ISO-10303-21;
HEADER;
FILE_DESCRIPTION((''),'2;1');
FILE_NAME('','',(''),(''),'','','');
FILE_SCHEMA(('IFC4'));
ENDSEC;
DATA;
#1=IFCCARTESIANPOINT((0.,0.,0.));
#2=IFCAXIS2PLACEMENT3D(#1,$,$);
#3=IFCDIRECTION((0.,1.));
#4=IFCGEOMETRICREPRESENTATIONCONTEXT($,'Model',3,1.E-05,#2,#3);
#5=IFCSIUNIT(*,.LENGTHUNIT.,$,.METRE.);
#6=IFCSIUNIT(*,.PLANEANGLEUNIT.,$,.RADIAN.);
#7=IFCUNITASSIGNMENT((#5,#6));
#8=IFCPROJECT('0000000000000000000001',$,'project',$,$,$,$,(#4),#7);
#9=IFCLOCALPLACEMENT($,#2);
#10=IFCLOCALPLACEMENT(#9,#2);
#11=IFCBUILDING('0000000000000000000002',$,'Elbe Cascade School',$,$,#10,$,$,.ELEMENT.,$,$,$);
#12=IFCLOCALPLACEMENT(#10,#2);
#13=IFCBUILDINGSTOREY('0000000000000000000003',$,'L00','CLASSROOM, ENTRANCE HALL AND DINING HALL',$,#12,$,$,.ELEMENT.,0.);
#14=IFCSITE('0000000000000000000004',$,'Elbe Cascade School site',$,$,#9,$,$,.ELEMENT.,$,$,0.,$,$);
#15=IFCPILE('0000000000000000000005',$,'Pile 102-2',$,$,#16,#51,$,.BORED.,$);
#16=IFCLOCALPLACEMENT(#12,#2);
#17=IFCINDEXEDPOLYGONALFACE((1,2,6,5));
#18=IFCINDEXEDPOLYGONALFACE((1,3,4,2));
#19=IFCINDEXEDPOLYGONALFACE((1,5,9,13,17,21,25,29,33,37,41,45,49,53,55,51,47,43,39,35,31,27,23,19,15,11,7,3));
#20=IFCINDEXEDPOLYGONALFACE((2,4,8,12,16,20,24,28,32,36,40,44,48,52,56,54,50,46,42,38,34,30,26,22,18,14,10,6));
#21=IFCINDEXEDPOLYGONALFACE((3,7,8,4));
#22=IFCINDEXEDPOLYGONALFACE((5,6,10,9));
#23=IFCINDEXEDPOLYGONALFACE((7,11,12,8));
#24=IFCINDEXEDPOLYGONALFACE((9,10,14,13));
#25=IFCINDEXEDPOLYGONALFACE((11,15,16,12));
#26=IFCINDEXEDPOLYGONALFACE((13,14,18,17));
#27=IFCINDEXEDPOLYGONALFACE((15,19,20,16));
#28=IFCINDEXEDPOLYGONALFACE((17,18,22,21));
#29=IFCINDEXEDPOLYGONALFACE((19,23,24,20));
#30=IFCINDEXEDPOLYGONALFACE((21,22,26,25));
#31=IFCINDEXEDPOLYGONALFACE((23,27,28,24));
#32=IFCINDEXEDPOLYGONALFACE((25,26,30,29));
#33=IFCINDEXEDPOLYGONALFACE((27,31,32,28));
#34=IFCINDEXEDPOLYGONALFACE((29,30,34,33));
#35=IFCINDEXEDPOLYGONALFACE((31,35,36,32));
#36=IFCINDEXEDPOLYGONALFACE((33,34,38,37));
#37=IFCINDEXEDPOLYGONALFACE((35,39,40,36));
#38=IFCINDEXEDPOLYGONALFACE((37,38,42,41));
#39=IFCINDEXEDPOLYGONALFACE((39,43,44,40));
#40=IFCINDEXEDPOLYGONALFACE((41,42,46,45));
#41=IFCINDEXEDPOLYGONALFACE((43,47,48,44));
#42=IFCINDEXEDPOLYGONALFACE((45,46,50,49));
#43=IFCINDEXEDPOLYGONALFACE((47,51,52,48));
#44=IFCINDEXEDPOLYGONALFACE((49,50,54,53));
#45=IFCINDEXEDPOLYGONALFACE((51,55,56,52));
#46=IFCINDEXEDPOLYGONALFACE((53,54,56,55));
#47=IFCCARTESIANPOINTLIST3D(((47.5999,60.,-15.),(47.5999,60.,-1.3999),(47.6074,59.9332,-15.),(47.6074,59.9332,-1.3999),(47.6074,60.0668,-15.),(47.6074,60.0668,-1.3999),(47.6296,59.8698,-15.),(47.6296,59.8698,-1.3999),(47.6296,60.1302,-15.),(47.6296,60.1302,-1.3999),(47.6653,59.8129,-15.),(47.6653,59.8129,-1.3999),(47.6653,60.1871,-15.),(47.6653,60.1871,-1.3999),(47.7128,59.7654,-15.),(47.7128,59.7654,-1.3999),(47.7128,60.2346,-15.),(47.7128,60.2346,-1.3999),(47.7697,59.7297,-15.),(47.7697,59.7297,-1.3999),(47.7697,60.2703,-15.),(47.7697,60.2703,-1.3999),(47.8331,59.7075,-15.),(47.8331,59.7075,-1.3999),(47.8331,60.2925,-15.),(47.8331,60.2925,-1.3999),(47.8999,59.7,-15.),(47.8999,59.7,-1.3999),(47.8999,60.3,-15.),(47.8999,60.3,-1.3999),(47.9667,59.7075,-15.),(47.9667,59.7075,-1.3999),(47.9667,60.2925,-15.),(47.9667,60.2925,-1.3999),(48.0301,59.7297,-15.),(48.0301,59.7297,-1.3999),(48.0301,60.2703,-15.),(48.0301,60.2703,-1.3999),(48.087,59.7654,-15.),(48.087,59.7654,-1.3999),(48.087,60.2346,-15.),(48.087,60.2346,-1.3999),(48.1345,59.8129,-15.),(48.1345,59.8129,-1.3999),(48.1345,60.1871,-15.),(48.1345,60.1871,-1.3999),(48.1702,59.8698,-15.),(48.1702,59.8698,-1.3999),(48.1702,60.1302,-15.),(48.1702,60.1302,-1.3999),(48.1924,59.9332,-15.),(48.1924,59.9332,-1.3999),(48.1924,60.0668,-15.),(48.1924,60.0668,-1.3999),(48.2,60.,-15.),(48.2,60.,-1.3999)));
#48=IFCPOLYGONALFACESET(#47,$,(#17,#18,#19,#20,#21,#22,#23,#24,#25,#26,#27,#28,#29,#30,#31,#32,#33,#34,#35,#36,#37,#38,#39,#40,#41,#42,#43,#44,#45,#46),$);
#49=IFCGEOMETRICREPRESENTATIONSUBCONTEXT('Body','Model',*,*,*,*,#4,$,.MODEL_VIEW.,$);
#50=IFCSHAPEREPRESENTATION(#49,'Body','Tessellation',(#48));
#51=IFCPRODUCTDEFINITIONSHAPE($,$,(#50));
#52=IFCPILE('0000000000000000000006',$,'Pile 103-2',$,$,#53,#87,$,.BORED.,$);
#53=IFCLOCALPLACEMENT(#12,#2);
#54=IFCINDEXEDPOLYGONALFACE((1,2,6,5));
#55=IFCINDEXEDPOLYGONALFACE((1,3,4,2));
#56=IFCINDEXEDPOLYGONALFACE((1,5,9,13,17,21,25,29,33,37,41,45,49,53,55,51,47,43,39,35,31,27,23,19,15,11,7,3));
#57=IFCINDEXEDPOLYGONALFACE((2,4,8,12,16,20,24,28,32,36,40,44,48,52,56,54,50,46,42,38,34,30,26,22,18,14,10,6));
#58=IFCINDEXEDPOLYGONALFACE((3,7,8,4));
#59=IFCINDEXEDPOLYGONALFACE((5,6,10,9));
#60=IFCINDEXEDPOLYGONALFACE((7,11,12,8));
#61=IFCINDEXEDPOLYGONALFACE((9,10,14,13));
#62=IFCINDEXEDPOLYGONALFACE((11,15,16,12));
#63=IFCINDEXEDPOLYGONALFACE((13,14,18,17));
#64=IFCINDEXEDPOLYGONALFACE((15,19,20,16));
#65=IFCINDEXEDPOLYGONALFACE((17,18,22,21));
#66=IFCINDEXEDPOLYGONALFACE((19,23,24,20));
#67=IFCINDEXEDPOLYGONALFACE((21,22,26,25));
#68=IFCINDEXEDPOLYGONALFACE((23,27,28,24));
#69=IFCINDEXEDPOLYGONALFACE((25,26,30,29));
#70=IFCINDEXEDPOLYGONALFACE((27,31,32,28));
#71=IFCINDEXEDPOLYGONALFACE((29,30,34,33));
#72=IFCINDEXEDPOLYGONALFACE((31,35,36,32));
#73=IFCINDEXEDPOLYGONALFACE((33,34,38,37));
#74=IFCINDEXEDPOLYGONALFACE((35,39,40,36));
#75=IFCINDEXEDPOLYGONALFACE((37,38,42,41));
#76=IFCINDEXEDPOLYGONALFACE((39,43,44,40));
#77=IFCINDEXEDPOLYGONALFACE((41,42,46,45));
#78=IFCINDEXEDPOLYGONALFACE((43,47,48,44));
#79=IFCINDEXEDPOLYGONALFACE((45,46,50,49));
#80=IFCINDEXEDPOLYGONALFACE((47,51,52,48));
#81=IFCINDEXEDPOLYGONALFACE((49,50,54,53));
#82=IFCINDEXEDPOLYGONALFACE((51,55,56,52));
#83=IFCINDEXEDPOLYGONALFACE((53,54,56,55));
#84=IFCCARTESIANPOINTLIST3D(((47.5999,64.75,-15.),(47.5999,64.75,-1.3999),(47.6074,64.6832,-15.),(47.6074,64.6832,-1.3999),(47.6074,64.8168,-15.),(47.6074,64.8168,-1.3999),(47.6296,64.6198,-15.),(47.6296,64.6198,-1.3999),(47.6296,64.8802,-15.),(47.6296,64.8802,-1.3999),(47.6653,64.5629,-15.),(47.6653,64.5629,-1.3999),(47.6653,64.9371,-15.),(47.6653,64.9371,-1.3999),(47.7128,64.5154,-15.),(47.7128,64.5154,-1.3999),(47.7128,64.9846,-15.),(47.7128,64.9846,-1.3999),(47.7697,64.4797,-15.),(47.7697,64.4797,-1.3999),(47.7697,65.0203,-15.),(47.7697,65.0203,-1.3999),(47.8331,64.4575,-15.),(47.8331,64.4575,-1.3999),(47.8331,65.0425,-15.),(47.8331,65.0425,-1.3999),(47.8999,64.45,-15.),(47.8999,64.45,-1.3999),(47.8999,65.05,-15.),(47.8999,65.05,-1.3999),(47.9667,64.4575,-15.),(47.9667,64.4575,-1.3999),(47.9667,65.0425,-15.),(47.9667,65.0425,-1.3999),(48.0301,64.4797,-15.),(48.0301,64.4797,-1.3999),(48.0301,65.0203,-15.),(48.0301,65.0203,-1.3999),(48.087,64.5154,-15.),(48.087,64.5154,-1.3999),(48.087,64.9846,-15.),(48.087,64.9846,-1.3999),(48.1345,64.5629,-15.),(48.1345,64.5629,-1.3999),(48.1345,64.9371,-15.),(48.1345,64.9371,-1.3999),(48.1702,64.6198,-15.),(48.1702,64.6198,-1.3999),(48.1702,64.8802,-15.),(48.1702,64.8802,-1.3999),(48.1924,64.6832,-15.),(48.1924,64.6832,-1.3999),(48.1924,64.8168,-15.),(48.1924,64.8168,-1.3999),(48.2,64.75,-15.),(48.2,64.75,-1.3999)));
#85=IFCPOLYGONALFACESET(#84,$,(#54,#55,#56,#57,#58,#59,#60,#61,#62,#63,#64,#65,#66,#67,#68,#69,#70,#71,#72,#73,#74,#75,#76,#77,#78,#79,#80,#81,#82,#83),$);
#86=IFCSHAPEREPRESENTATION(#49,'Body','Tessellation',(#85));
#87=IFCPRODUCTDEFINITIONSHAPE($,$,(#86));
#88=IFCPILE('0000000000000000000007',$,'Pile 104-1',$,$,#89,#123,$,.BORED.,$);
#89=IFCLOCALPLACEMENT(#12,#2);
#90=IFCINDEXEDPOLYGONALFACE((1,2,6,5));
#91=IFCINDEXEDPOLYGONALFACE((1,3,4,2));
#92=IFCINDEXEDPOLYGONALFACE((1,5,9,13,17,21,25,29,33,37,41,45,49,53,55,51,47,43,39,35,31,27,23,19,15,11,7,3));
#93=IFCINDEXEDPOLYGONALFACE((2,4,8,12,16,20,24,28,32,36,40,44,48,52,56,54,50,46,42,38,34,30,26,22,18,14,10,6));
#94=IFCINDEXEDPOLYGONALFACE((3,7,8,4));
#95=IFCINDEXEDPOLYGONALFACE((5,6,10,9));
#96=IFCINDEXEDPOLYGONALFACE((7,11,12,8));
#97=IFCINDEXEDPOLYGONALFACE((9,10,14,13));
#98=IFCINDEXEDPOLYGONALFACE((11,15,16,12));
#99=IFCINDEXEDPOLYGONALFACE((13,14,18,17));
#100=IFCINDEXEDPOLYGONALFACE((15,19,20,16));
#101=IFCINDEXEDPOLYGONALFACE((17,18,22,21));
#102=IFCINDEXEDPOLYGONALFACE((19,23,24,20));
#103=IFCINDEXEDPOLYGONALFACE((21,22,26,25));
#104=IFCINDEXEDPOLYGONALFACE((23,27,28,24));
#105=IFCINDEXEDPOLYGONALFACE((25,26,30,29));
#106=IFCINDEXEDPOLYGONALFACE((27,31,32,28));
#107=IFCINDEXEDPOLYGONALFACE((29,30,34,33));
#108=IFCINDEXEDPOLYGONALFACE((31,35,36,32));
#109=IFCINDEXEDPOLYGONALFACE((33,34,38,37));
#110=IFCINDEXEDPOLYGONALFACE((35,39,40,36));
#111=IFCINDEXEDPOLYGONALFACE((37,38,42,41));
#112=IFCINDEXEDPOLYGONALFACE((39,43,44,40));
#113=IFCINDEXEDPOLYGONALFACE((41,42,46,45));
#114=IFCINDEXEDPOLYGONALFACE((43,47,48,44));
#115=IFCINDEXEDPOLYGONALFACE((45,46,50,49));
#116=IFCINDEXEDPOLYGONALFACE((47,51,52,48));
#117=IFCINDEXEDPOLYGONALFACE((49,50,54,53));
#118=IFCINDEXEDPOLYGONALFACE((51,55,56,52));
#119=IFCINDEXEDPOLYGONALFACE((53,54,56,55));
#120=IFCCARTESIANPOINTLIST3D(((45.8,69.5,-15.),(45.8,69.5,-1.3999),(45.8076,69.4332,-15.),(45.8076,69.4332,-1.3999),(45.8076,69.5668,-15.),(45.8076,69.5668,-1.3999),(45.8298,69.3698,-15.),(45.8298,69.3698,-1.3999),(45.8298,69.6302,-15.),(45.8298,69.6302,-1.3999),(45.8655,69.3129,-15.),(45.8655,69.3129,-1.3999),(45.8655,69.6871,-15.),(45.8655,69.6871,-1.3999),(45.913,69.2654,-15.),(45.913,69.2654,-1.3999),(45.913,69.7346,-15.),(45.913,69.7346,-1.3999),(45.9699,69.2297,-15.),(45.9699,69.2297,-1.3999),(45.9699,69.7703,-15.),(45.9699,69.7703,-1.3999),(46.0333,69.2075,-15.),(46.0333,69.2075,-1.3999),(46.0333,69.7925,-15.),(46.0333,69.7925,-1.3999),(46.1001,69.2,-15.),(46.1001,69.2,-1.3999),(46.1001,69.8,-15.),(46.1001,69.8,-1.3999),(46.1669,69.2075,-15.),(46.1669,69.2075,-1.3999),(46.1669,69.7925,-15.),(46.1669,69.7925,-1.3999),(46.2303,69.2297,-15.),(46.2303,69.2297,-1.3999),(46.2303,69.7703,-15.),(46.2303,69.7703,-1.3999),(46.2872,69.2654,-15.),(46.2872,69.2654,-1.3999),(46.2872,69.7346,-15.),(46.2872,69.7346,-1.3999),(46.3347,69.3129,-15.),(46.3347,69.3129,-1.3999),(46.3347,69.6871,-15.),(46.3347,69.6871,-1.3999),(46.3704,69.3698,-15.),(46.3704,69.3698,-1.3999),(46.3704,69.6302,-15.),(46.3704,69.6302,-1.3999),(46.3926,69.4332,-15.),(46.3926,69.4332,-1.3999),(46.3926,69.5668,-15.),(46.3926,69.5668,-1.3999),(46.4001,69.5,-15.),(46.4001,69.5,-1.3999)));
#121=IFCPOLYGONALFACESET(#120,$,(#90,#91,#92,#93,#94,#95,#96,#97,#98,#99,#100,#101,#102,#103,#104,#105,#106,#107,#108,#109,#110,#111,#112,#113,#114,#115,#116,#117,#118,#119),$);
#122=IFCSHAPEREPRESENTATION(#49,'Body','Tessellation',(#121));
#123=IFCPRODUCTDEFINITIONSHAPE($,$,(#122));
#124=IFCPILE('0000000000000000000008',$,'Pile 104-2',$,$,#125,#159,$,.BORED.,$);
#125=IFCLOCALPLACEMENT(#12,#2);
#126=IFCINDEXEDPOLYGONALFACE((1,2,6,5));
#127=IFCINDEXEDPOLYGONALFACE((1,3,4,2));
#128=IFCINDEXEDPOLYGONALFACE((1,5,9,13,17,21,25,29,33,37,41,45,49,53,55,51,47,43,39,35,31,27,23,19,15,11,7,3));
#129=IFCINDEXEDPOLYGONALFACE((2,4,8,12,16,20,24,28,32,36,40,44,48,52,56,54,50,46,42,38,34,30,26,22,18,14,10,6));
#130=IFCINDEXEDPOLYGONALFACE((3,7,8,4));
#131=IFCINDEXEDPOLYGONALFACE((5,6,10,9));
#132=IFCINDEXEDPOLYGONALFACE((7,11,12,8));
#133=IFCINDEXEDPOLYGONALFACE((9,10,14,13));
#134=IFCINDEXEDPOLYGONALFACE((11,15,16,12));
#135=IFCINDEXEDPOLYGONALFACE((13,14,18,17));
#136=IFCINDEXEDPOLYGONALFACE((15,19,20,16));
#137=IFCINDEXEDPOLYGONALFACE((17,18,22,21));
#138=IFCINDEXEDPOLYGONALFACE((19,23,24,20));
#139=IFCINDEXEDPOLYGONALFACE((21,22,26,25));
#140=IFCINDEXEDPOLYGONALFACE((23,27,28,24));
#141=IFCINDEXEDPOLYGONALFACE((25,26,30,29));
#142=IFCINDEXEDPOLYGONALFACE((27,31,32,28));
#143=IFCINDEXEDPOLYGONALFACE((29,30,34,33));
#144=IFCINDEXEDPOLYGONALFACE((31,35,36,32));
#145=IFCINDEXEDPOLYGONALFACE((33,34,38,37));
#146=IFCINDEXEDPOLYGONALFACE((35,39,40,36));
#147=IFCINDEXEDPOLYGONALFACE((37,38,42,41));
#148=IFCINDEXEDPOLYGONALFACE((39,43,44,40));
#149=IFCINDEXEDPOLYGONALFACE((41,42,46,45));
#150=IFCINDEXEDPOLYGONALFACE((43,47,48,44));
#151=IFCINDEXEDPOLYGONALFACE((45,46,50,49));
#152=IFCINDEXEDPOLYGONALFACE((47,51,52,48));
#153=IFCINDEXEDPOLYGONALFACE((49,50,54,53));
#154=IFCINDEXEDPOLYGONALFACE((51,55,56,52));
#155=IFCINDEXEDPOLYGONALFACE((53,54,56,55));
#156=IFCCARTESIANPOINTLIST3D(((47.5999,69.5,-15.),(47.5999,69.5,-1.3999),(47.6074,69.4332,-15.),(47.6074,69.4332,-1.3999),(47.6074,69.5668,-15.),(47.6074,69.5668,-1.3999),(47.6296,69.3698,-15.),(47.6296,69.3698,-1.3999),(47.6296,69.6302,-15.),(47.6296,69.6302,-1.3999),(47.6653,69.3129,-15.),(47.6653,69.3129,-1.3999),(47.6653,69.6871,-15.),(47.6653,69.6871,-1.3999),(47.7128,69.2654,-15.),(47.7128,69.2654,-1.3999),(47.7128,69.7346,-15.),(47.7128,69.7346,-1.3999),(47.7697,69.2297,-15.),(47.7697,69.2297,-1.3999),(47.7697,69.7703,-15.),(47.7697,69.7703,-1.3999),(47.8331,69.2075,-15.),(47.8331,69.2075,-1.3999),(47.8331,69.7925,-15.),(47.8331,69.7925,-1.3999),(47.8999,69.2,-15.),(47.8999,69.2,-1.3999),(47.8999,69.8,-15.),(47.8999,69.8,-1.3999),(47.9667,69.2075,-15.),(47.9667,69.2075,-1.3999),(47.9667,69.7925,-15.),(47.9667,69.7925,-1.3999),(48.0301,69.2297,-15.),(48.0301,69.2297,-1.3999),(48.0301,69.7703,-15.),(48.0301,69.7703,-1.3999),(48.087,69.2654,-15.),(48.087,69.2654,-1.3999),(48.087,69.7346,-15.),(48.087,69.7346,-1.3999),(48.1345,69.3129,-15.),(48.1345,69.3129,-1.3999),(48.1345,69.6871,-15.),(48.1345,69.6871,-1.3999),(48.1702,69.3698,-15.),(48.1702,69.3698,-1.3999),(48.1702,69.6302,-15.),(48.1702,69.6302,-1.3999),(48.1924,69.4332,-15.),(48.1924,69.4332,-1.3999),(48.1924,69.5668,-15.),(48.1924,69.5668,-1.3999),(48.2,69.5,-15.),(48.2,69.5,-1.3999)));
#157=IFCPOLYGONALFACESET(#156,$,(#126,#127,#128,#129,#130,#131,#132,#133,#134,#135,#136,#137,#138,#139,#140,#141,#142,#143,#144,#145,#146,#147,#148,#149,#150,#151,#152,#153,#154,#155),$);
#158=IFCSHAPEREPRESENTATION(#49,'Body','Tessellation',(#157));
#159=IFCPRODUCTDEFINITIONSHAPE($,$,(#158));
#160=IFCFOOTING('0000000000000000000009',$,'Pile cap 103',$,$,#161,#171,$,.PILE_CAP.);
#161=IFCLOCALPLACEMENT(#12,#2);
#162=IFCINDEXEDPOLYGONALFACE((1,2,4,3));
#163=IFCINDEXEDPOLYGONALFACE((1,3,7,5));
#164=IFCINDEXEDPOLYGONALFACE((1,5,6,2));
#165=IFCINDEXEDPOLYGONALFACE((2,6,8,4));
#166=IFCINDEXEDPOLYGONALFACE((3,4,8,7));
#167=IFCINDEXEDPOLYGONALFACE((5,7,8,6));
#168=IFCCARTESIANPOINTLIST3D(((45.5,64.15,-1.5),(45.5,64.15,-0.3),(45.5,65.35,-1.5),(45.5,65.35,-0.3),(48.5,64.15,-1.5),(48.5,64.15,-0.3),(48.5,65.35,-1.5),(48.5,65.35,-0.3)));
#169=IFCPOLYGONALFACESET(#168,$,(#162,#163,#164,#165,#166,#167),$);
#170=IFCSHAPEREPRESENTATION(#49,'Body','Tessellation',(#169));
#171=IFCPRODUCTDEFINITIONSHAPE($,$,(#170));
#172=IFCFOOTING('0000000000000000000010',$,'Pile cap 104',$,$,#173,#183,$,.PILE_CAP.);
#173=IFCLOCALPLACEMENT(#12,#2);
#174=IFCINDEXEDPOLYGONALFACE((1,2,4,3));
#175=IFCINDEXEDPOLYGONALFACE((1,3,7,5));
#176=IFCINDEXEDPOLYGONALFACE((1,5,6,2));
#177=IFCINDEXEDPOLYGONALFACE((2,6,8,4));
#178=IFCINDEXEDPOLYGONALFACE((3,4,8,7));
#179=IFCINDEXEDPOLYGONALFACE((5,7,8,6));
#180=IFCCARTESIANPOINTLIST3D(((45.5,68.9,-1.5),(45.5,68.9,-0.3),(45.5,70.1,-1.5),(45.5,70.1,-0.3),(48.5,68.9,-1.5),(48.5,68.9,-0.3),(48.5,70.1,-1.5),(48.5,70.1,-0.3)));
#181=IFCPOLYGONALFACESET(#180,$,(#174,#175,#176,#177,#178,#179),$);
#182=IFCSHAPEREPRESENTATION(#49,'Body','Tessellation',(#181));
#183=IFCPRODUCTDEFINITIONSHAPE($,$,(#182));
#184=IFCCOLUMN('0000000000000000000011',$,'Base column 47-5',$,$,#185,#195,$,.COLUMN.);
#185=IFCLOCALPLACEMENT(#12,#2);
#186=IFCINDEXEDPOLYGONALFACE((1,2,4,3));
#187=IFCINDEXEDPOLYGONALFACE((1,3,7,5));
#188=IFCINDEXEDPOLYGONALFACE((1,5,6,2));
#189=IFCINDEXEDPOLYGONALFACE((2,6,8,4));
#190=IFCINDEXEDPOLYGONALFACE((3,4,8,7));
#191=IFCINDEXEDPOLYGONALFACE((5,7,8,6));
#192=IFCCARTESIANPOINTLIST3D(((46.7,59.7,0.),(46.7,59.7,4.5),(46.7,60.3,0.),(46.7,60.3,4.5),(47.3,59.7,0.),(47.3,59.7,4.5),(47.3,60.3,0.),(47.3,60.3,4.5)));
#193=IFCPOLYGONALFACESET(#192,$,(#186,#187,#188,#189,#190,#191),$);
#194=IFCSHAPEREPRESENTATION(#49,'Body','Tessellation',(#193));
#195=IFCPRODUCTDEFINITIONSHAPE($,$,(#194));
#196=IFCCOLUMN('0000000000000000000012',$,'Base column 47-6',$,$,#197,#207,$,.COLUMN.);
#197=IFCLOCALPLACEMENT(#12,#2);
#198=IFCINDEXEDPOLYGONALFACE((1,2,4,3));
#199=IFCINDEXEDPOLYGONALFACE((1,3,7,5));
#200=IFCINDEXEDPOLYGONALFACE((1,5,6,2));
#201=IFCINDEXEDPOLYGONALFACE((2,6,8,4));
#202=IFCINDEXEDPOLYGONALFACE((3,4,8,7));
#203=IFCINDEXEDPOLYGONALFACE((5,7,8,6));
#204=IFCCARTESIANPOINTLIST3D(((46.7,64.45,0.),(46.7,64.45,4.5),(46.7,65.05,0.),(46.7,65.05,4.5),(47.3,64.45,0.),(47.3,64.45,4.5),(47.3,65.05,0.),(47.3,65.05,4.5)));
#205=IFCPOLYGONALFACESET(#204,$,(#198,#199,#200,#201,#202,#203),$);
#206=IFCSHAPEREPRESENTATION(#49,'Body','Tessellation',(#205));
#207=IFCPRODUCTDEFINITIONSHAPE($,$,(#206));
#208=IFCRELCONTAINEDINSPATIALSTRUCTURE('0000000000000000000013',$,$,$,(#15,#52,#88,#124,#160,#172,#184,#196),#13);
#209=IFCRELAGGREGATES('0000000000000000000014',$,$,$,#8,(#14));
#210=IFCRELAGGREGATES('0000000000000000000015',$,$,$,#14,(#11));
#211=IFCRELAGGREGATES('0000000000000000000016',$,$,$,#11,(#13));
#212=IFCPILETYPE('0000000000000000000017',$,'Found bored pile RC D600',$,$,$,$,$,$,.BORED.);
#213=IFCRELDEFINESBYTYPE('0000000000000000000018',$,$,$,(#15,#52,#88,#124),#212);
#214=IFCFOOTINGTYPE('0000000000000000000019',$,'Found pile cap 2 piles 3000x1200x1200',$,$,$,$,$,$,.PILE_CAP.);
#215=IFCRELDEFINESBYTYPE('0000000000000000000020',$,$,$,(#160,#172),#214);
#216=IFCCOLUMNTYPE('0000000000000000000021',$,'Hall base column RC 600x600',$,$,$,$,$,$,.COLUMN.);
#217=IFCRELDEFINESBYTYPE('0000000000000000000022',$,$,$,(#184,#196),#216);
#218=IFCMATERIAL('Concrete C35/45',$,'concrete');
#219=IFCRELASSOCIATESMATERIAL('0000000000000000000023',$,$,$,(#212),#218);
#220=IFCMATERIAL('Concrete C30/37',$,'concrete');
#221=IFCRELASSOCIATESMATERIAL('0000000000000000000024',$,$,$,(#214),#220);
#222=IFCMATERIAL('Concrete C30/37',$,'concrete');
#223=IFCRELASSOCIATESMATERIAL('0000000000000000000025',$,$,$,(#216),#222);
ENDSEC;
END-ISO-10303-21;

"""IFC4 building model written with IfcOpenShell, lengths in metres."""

from ifc_helpers import new_model, si_unit, direction, frame, origin, origin_2d, place, context, subcontext, project, spatial, rectangle, circle, extrude, material, material_profile, profile_set, type_object, element, save


model = new_model("IFC4")

# Units and contexts
model_context = context("Model", 3, precision=1e-05, world=origin(), true_north=direction((0.0, 1.0)))
body_context = subcontext(model_context, "Body", "Model", "MODEL_VIEW")
ifc_project = project(units=[si_unit("LENGTHUNIT", "METRE"), si_unit("PLANEANGLEUNIT", "RADIAN")], contexts=[model_context])

# Site, building, storey
site_placement = place(None, origin())
site = spatial("IfcSite", under=ifc_project, at=site_placement, Name="Elbe Cascade School site", CompositionType="ELEMENT", RefElevation=0.0)
building_placement = place(site_placement, origin())
building = spatial("IfcBuilding", under=site, at=building_placement, Name="Elbe Cascade School", CompositionType="ELEMENT")
storey_placement = place(building_placement, origin())
storey = spatial("IfcBuildingStorey", under=building, at=storey_placement, Name="L00", Description="CLASSROOM, ENTRANCE HALL AND DINING HALL", CompositionType="ELEMENT", Elevation=0.0)

# Piles
ifc_material_1 = material(Name="Concrete C35/45", Category="concrete")
ifc_material_profile_1 = material_profile(ifc_material_1, circle(Radius=0.3, at=origin_2d()), Name="RC D600")
ifc_profile_set_1 = profile_set([ifc_material_profile_1], Name="Concrete C35/45")
pile_type = type_object("IfcPileType", Name="Found bored pile RC D600", PredefinedType="BORED", material=ifc_profile_set_1)
for number, where, z_axis, x_axis, name in (
    (1, (47.8999, 60.0, -1.3999), (0.0, 0.0, -1.0), (1.0, 0.0, 0.0), "Pile 102-2"),
    (2, (47.8999, 64.75, -1.3999), (0.0, 0.0, -1.0), (1.0, 0.0, 0.0), "Pile 103-2"),
    (3, (46.1001, 69.5, -1.3999), (0.0, 0.0, -1.0), (1.0, 0.0, 0.0), "Pile 104-1"),
    (4, (47.8999, 69.5, -1.3999), (0.0, 0.0, -1.0), (1.0, 0.0, 0.0), "Pile 104-2"),
):
    element("IfcPile", number, at=place(storey_placement, frame(where, z_axis=z_axis, x_axis=x_axis)), inside=storey, type_object=pile_type, Name=name, PredefinedType="BORED", context=body_context, shape_type="SweptSolid", body=[
        extrude(circle(Radius=0.3, at=origin_2d()), origin(), (0.0, 0.0, 1.0), 13.6001),
    ])

# Footings
ifc_material_2 = material(Name="Concrete C30/37", Category="concrete")
footing_type = type_object("IfcFootingType", Name="Found pile cap 2 piles 3000x1200x1200", PredefinedType="PILE_CAP", material=ifc_material_2)
for number, where, z_axis, x_axis, name in (
    (5, (47.0, 64.75, -1.5), (0.0, 0.0, 1.0), (1.0, 0.0, 0.0), "Pile cap 103"),
    (6, (47.0, 69.5, -1.5), (0.0, 0.0, 1.0), (1.0, 0.0, 0.0), "Pile cap 104"),
):
    element("IfcFooting", number, at=place(storey_placement, frame(where, z_axis=z_axis, x_axis=x_axis)), inside=storey, type_object=footing_type, Name=name, PredefinedType="PILE_CAP", context=body_context, shape_type="SweptSolid", body=[
        extrude(rectangle(XDim=3.0, YDim=1.2, at=origin_2d()), origin(), (0.0, 0.0, 1.0), 1.2),
    ])

# Columns
ifc_material_3 = material(Name="Concrete C30/37", Category="concrete")
ifc_material_profile_2 = material_profile(ifc_material_3, rectangle(XDim=0.6001, YDim=0.6001, at=origin_2d()), Name="RC 600x600")
ifc_profile_set_2 = profile_set([ifc_material_profile_2], Name="Concrete C30/37")
column_type = type_object("IfcColumnType", Name="Hall base column RC 600x600", PredefinedType="COLUMN", material=ifc_profile_set_2)
for number, where, z_axis, x_axis, name in (
    (7, (47.0, 60.0, 0.0), (0.0, 0.0, 1.0), (1.0, 0.0, 0.0), "Base column 47-5"),
    (8, (47.0, 64.75, 0.0), (0.0, 0.0, 1.0), (1.0, 0.0, 0.0), "Base column 47-6"),
):
    element("IfcColumn", number, at=place(storey_placement, frame(where, z_axis=z_axis, x_axis=x_axis)), inside=storey, type_object=column_type, Name=name, PredefinedType="COLUMN", context=body_context, shape_type="SweptSolid", body=[
        extrude(rectangle(XDim=0.6001, YDim=0.6001, at=origin_2d()), origin(), (0.0, 0.0, 1.0), 4.5),
    ])

save(model, "model.ifc")
